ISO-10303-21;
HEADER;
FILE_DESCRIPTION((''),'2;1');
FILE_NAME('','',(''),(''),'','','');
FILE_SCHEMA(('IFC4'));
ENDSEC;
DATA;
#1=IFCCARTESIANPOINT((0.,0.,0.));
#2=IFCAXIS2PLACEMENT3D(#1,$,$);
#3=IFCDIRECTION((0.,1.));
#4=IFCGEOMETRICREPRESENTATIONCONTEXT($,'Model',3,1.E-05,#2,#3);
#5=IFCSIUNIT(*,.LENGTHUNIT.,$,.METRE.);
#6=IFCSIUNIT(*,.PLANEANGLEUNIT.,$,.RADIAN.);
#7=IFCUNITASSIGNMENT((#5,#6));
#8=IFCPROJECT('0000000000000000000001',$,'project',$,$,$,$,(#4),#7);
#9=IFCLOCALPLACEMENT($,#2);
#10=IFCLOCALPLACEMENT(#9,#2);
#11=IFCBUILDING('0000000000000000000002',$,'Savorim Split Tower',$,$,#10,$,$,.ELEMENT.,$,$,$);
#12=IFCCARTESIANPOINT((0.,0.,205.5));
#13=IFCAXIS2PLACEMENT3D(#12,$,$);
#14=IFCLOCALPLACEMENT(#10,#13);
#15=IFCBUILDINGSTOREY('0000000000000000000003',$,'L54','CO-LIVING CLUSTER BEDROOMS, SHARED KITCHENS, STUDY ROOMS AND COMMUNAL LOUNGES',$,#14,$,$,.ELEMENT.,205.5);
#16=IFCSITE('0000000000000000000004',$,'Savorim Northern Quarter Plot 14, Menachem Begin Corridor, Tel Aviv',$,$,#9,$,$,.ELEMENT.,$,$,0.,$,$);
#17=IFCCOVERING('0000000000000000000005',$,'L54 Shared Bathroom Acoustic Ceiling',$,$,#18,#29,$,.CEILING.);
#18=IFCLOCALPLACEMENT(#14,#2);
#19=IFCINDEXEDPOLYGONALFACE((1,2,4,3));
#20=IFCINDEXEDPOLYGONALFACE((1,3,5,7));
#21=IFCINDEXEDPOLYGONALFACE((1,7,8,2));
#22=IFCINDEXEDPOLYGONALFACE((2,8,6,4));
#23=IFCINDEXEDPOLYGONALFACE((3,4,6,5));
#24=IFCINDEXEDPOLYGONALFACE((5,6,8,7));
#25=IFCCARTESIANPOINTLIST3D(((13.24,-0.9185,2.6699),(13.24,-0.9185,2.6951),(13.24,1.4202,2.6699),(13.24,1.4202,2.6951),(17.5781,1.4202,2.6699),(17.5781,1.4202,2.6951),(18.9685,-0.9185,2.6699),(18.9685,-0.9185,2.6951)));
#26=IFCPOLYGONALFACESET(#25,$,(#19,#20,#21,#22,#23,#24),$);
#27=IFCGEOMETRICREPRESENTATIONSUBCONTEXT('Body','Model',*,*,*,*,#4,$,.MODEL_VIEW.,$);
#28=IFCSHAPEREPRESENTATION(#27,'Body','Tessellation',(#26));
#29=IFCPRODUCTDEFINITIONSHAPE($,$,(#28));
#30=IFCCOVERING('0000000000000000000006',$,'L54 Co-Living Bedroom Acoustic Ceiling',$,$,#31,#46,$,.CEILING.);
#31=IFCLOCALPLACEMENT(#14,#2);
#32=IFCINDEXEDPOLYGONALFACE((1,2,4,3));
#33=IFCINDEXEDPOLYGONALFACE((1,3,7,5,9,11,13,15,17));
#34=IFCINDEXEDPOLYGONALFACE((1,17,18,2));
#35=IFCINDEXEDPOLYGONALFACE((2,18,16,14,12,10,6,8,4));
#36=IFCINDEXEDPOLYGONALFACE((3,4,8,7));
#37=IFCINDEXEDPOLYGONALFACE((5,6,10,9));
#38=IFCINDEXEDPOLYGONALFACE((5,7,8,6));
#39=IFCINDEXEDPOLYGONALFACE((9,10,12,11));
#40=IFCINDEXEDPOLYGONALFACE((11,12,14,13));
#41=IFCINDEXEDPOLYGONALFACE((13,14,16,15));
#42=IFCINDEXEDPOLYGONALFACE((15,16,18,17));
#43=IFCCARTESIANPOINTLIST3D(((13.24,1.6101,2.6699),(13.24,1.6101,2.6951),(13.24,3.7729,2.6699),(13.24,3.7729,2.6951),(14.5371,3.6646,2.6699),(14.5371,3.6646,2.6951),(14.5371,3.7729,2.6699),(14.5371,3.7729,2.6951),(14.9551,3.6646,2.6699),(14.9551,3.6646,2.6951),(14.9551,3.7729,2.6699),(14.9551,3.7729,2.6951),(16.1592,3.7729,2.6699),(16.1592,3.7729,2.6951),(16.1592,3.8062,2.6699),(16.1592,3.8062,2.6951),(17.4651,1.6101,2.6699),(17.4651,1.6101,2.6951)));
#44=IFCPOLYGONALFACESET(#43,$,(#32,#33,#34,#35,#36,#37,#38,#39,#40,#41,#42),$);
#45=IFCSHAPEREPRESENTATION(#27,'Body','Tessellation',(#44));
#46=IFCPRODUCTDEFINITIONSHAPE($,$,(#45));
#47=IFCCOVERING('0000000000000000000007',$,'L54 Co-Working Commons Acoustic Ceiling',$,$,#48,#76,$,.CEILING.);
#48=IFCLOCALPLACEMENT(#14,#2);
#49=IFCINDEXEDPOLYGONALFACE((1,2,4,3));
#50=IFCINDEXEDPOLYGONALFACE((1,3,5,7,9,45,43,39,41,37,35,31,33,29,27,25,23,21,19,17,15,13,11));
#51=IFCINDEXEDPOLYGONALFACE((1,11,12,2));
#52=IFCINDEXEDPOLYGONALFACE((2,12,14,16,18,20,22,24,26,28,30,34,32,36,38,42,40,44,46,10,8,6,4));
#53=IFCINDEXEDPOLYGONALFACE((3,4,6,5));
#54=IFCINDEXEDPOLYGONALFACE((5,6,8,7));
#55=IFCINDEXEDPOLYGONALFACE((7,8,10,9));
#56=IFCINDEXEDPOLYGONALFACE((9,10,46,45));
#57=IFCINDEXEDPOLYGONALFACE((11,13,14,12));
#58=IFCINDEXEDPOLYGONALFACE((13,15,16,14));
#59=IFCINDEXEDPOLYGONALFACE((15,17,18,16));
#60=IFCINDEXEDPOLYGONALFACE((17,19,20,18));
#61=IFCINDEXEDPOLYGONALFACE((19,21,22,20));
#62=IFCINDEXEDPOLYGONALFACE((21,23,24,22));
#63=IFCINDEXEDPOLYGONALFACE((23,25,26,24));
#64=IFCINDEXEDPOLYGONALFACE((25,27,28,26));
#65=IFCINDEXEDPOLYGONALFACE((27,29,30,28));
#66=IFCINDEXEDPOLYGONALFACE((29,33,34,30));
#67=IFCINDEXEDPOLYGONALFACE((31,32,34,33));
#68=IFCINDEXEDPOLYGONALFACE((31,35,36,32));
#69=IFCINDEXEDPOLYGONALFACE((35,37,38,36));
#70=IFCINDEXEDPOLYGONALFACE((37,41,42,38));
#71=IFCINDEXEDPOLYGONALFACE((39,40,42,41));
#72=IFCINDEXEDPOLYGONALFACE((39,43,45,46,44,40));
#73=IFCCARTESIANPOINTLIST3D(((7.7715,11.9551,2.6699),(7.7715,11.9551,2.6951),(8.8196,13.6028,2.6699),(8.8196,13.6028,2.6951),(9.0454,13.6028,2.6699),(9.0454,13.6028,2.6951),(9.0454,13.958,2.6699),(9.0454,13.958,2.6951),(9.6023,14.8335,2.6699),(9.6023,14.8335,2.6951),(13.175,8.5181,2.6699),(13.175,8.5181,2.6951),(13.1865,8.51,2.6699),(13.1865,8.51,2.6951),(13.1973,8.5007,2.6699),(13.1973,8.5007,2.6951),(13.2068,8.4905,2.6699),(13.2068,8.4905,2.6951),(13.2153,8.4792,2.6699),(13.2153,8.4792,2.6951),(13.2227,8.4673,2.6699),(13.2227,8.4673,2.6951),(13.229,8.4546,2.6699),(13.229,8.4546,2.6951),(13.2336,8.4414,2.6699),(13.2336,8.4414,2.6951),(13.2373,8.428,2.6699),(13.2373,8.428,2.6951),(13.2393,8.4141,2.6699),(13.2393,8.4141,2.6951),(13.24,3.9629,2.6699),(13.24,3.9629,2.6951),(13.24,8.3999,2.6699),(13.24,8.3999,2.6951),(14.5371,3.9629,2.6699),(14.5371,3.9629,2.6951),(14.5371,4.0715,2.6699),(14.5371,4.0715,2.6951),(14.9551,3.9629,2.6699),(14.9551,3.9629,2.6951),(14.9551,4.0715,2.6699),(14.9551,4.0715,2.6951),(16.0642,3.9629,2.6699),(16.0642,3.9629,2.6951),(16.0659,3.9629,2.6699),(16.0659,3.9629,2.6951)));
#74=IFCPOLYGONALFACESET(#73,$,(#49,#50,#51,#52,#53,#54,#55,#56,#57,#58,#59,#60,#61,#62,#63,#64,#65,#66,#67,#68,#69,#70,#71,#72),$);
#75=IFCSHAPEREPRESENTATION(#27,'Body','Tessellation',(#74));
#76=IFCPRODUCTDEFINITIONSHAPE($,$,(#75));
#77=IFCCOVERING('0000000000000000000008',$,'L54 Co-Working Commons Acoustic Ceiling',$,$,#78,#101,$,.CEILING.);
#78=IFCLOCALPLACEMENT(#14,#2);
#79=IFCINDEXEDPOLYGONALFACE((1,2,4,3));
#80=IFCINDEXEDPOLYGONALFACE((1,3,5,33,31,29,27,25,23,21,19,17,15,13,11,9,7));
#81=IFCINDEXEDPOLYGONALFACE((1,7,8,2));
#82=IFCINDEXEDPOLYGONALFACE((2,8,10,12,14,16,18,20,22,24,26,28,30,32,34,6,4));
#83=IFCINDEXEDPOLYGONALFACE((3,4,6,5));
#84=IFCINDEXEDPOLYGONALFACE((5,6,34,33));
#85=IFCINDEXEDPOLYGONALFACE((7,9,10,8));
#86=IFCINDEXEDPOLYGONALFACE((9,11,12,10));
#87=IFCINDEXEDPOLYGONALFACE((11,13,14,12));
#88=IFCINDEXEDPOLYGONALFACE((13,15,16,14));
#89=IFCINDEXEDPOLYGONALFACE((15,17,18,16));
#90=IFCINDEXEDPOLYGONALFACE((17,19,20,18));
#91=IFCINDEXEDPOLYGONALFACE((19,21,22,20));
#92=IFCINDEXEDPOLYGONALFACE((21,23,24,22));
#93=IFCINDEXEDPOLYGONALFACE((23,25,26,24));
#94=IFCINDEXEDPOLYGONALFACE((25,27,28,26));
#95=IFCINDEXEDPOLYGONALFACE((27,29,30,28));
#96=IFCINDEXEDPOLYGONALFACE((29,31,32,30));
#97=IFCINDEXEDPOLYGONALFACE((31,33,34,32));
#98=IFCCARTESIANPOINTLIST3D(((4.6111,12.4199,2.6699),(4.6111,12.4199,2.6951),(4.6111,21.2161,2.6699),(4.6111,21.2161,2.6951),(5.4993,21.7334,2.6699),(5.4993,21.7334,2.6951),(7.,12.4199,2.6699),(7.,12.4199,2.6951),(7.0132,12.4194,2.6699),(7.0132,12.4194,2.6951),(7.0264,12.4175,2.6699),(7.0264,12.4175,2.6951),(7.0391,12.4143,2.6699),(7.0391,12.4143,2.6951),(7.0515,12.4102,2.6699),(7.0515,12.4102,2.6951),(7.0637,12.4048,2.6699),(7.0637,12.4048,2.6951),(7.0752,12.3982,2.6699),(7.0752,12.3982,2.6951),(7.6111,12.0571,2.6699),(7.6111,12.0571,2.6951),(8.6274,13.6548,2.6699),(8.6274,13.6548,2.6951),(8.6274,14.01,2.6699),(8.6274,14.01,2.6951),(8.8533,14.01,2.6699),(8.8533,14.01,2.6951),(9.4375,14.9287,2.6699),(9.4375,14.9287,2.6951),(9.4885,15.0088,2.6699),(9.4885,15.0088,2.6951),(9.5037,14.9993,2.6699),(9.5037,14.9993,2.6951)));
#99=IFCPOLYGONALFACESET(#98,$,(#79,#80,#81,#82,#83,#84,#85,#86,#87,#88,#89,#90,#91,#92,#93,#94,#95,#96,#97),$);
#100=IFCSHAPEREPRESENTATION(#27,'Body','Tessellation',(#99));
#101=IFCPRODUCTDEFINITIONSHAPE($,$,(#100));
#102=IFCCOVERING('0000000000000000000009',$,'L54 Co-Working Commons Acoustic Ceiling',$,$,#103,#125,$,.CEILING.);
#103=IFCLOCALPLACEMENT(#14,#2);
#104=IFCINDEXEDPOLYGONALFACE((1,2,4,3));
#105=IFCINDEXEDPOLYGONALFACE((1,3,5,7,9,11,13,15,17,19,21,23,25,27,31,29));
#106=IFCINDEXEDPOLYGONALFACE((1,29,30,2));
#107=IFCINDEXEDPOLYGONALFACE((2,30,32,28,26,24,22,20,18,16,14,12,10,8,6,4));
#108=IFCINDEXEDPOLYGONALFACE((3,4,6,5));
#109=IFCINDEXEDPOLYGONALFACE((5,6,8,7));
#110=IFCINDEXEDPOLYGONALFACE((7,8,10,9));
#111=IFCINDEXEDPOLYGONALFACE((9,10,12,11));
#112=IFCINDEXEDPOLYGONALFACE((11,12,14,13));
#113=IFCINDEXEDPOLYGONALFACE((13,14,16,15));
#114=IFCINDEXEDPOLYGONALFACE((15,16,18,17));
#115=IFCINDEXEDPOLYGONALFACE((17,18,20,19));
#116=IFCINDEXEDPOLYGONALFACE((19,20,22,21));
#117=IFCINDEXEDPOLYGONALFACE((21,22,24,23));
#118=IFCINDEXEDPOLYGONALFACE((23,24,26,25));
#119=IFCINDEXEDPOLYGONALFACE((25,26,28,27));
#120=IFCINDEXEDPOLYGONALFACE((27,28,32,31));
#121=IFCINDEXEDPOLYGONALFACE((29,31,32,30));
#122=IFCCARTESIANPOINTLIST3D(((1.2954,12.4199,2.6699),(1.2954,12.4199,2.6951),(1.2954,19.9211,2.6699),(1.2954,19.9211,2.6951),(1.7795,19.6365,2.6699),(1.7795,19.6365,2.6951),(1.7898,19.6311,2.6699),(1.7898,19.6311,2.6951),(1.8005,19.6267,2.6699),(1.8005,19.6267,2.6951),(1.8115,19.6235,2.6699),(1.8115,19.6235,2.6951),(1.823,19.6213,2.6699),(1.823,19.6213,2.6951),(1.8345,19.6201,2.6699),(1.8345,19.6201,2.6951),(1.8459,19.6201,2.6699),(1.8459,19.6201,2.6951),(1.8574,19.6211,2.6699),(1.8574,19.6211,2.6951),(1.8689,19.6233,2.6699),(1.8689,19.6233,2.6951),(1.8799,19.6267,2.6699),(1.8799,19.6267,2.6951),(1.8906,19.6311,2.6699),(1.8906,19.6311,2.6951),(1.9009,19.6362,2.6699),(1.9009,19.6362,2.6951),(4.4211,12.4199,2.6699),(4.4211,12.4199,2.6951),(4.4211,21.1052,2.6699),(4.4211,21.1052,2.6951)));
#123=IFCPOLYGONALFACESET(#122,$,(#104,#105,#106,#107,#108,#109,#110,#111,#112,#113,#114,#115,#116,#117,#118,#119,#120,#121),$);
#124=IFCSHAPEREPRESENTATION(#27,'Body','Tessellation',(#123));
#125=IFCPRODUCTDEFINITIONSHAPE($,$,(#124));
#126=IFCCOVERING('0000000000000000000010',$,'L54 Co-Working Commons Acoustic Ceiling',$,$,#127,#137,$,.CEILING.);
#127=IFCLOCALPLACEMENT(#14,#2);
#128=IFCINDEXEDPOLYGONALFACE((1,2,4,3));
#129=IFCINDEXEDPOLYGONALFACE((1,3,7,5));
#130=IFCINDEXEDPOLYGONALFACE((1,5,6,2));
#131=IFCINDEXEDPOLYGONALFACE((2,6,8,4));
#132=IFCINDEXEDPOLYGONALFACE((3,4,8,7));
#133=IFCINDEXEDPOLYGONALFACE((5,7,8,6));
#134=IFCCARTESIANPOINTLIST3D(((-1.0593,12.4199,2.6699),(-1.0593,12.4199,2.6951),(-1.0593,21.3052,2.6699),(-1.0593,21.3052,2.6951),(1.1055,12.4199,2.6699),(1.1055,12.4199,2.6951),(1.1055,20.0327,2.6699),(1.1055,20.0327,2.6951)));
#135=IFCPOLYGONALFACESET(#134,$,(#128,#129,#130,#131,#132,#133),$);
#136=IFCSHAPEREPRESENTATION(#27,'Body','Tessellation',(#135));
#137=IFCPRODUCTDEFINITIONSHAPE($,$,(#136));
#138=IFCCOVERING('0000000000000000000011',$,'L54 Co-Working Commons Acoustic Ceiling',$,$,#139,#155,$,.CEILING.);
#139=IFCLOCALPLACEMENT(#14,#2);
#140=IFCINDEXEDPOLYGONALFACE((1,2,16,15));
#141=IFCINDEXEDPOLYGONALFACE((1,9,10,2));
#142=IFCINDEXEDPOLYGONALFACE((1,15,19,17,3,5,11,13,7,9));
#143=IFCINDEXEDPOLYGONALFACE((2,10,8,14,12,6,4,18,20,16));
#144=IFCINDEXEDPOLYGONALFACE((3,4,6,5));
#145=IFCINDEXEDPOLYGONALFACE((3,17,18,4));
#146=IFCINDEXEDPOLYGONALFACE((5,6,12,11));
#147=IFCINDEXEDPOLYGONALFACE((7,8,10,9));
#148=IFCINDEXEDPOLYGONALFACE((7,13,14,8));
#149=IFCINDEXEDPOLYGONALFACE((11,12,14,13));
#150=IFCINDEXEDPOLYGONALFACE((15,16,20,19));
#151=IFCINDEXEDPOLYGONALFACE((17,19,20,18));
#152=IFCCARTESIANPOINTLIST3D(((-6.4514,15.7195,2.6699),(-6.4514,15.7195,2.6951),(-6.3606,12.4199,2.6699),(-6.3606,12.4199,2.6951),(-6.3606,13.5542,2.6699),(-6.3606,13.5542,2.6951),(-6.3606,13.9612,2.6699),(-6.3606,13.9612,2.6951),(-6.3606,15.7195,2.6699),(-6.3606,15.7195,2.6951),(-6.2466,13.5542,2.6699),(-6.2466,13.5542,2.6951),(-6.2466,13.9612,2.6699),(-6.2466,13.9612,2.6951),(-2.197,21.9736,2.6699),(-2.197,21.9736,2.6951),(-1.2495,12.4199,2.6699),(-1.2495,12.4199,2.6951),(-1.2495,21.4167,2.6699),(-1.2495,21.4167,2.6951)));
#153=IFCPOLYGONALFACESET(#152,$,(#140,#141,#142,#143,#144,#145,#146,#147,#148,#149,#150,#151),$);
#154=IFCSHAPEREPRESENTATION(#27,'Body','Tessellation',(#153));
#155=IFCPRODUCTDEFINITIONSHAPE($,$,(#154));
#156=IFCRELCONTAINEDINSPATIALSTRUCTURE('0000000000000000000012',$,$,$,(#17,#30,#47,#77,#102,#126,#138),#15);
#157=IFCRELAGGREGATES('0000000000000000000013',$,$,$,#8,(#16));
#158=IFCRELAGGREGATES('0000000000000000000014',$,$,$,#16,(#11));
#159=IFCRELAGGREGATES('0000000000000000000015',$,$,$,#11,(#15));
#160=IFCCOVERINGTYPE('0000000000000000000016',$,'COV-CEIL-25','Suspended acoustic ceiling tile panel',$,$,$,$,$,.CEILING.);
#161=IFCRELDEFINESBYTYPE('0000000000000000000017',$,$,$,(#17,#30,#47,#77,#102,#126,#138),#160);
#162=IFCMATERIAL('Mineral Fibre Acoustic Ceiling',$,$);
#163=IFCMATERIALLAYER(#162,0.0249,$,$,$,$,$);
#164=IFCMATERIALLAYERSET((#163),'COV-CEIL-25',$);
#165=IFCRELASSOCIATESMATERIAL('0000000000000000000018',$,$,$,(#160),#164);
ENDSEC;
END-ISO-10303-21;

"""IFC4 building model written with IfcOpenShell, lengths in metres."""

from ifc_helpers import new_model, si_unit, direction, frame, origin, place, context, subcontext, project, spatial, polyline, outline, extrude, material, layer, layer_set, type_object, element, save


model = new_model("IFC4")

# Units and contexts
model_context = context("Model", 3, precision=1e-05, world=origin(), true_north=direction((0.0, 1.0)))
body_context = subcontext(model_context, "Body", "Model", "MODEL_VIEW")
ifc_project = project(units=[si_unit("LENGTHUNIT", "METRE"), si_unit("PLANEANGLEUNIT", "RADIAN")], contexts=[model_context])

# Site, building, storey
site_placement = place(None, origin())
site = spatial("IfcSite", under=ifc_project, at=site_placement, Name="Savorim Northern Quarter Plot 14, Menachem Begin Corridor, Tel Aviv", CompositionType="ELEMENT", RefElevation=0.0)
building_placement = place(site_placement, origin())
building = spatial("IfcBuilding", under=site, at=building_placement, Name="Savorim Split Tower", CompositionType="ELEMENT")
storey_placement = place(building_placement, frame((0.0, 0.0, 205.5)))
storey = spatial("IfcBuildingStorey", under=building, at=storey_placement, Name="L54", Description="CO-LIVING CLUSTER BEDROOMS, SHARED KITCHENS, STUDY ROOMS AND COMMUNAL LOUNGES", CompositionType="ELEMENT", Elevation=205.5)

# Coverings
ifc_material_1 = material(Name="Mineral Fibre Acoustic Ceiling")
ifc_layer_1 = layer(ifc_material_1, 0.0249)
ifc_layer_set_1 = layer_set([ifc_layer_1], Name="COV-CEIL-25")
covering_type_1 = type_object("IfcCoveringType", Name="COV-CEIL-25", Description="Suspended acoustic ceiling tile panel", PredefinedType="CEILING", material=ifc_layer_set_1)
covering_1_placement = place(storey_placement, frame((0.0, 0.0, 2.6699)))
element("IfcCovering", 1, at=covering_1_placement, inside=storey, type_object=covering_type_1, Name="L54 Shared Bathroom Acoustic Ceiling", PredefinedType="CEILING", context=body_context, shape_type="SweptSolid", body=[
    extrude(outline(polyline([(18.9685, -0.9185), (17.5781, 1.4202), (13.24, 1.4202), (13.24, -0.9185), (18.9685, -0.9185)])), origin(), (0.0, 0.0, 1.0), 0.0251),
])
covering_2_placement = place(storey_placement, frame((0.0, 0.0, 2.6699)))
element("IfcCovering", 2, at=covering_2_placement, inside=storey, type_object=covering_type_1, Name="L54 Co-Living Bedroom Acoustic Ceiling", PredefinedType="CEILING", context=body_context, shape_type="SweptSolid", body=[
    extrude(outline(polyline([(14.5371, 3.6646), (14.5371, 3.7729), (13.24, 3.7729), (13.24, 1.6101), (17.4651, 1.6101), (16.1592, 3.8062), (16.1592, 3.7729), (14.9551, 3.7729), (14.9551, 3.6646), (14.5371, 3.6646)])), origin(), (0.0, 0.0, 1.0), 0.0251),
])
covering_3_placement = place(storey_placement, frame((0.0, 0.0, 2.6699)))
element("IfcCovering", 3, at=covering_3_placement, inside=storey, type_object=covering_type_1, Name="L54 Co-Working Commons Acoustic Ceiling", PredefinedType="CEILING", context=body_context, shape_type="SweptSolid", body=[
    extrude(outline(polyline([(14.9551, 4.0715), (14.9551, 3.9629), (16.0642, 3.9629), (16.0659, 3.9629), (9.6023, 14.8335), (9.0454, 13.958), (9.0454, 13.6028), (8.8196, 13.6028), (7.7715, 11.9551), (13.175, 8.5181), (13.1865, 8.51), (13.1973, 8.5007), (13.2068, 8.4905), (13.2153, 8.4792), (13.2227, 8.4673), (13.229, 8.4546), (13.2336, 8.4414), (13.2373, 8.428), (13.2393, 8.4141), (13.24, 8.3999), (13.24, 3.9629), (14.5371, 3.9629), (14.5371, 4.0715), (14.9551, 4.0715)])), origin(), (0.0, 0.0, 1.0), 0.0251),
])
covering_4_placement = place(storey_placement, frame((0.0, 0.0, 2.6699)))
element("IfcCovering", 4, at=covering_4_placement, inside=storey, type_object=covering_type_1, Name="L54 Co-Working Commons Acoustic Ceiling", PredefinedType="CEILING", context=body_context, shape_type="SweptSolid", body=[
    extrude(outline(polyline([(9.4885, 15.0088), (9.5037, 14.9993), (5.4993, 21.7334), (4.6111, 21.2161), (4.6111, 12.4199), (7.0, 12.4199), (7.0132, 12.4194), (7.0264, 12.4175), (7.0391, 12.4143), (7.0515, 12.4102), (7.0637, 12.4048), (7.0752, 12.3982), (7.6111, 12.0571), (8.6274, 13.6548), (8.6274, 14.01), (8.8533, 14.01), (9.4375, 14.9287), (9.4885, 15.0088)])), origin(), (0.0, 0.0, 1.0), 0.0251),
])
covering_5_placement = place(storey_placement, frame((0.0, 0.0, 2.6699)))
element("IfcCovering", 5, at=covering_5_placement, inside=storey, type_object=covering_type_1, Name="L54 Co-Working Commons Acoustic Ceiling", PredefinedType="CEILING", context=body_context, shape_type="SweptSolid", body=[
    extrude(outline(polyline([(1.8005, 19.6267), (1.7898, 19.6311), (1.7795, 19.6365), (1.2954, 19.9211), (1.2954, 12.4199), (4.4211, 12.4199), (4.4211, 21.1052), (1.9009, 19.6362), (1.8906, 19.6311), (1.8799, 19.6267), (1.8689, 19.6233), (1.8574, 19.6211), (1.8459, 19.6201), (1.8345, 19.6201), (1.823, 19.6213), (1.8115, 19.6235), (1.8005, 19.6267)])), origin(), (0.0, 0.0, 1.0), 0.0251),
])
covering_6_placement = place(storey_placement, frame((0.0, 0.0, 2.6699)))
element("IfcCovering", 6, at=covering_6_placement, inside=storey, type_object=covering_type_1, Name="L54 Co-Working Commons Acoustic Ceiling", PredefinedType="CEILING", context=body_context, shape_type="SweptSolid", body=[
    extrude(outline(polyline([(-1.0593, 12.4199), (1.1055, 12.4199), (1.1055, 20.0327), (-1.0593, 21.3052), (-1.0593, 12.4199)])), origin(), (0.0, 0.0, 1.0), 0.0251),
])
covering_7_placement = place(storey_placement, frame((0.0, 0.0, 2.6699)))
element("IfcCovering", 7, at=covering_7_placement, inside=storey, type_object=covering_type_1, Name="L54 Co-Working Commons Acoustic Ceiling", PredefinedType="CEILING", context=body_context, shape_type="SweptSolid", body=[
    extrude(outline(polyline([(-6.3606, 12.4199), (-1.2495, 12.4199), (-1.2495, 21.4167), (-2.197, 21.9736), (-6.4514, 15.7195), (-6.3606, 15.7195), (-6.3606, 13.9612), (-6.2466, 13.9612), (-6.2466, 13.5542), (-6.3606, 13.5542), (-6.3606, 12.4199)])), origin(), (0.0, 0.0, 1.0), 0.0251),
])

save(model, "model.ifc")
